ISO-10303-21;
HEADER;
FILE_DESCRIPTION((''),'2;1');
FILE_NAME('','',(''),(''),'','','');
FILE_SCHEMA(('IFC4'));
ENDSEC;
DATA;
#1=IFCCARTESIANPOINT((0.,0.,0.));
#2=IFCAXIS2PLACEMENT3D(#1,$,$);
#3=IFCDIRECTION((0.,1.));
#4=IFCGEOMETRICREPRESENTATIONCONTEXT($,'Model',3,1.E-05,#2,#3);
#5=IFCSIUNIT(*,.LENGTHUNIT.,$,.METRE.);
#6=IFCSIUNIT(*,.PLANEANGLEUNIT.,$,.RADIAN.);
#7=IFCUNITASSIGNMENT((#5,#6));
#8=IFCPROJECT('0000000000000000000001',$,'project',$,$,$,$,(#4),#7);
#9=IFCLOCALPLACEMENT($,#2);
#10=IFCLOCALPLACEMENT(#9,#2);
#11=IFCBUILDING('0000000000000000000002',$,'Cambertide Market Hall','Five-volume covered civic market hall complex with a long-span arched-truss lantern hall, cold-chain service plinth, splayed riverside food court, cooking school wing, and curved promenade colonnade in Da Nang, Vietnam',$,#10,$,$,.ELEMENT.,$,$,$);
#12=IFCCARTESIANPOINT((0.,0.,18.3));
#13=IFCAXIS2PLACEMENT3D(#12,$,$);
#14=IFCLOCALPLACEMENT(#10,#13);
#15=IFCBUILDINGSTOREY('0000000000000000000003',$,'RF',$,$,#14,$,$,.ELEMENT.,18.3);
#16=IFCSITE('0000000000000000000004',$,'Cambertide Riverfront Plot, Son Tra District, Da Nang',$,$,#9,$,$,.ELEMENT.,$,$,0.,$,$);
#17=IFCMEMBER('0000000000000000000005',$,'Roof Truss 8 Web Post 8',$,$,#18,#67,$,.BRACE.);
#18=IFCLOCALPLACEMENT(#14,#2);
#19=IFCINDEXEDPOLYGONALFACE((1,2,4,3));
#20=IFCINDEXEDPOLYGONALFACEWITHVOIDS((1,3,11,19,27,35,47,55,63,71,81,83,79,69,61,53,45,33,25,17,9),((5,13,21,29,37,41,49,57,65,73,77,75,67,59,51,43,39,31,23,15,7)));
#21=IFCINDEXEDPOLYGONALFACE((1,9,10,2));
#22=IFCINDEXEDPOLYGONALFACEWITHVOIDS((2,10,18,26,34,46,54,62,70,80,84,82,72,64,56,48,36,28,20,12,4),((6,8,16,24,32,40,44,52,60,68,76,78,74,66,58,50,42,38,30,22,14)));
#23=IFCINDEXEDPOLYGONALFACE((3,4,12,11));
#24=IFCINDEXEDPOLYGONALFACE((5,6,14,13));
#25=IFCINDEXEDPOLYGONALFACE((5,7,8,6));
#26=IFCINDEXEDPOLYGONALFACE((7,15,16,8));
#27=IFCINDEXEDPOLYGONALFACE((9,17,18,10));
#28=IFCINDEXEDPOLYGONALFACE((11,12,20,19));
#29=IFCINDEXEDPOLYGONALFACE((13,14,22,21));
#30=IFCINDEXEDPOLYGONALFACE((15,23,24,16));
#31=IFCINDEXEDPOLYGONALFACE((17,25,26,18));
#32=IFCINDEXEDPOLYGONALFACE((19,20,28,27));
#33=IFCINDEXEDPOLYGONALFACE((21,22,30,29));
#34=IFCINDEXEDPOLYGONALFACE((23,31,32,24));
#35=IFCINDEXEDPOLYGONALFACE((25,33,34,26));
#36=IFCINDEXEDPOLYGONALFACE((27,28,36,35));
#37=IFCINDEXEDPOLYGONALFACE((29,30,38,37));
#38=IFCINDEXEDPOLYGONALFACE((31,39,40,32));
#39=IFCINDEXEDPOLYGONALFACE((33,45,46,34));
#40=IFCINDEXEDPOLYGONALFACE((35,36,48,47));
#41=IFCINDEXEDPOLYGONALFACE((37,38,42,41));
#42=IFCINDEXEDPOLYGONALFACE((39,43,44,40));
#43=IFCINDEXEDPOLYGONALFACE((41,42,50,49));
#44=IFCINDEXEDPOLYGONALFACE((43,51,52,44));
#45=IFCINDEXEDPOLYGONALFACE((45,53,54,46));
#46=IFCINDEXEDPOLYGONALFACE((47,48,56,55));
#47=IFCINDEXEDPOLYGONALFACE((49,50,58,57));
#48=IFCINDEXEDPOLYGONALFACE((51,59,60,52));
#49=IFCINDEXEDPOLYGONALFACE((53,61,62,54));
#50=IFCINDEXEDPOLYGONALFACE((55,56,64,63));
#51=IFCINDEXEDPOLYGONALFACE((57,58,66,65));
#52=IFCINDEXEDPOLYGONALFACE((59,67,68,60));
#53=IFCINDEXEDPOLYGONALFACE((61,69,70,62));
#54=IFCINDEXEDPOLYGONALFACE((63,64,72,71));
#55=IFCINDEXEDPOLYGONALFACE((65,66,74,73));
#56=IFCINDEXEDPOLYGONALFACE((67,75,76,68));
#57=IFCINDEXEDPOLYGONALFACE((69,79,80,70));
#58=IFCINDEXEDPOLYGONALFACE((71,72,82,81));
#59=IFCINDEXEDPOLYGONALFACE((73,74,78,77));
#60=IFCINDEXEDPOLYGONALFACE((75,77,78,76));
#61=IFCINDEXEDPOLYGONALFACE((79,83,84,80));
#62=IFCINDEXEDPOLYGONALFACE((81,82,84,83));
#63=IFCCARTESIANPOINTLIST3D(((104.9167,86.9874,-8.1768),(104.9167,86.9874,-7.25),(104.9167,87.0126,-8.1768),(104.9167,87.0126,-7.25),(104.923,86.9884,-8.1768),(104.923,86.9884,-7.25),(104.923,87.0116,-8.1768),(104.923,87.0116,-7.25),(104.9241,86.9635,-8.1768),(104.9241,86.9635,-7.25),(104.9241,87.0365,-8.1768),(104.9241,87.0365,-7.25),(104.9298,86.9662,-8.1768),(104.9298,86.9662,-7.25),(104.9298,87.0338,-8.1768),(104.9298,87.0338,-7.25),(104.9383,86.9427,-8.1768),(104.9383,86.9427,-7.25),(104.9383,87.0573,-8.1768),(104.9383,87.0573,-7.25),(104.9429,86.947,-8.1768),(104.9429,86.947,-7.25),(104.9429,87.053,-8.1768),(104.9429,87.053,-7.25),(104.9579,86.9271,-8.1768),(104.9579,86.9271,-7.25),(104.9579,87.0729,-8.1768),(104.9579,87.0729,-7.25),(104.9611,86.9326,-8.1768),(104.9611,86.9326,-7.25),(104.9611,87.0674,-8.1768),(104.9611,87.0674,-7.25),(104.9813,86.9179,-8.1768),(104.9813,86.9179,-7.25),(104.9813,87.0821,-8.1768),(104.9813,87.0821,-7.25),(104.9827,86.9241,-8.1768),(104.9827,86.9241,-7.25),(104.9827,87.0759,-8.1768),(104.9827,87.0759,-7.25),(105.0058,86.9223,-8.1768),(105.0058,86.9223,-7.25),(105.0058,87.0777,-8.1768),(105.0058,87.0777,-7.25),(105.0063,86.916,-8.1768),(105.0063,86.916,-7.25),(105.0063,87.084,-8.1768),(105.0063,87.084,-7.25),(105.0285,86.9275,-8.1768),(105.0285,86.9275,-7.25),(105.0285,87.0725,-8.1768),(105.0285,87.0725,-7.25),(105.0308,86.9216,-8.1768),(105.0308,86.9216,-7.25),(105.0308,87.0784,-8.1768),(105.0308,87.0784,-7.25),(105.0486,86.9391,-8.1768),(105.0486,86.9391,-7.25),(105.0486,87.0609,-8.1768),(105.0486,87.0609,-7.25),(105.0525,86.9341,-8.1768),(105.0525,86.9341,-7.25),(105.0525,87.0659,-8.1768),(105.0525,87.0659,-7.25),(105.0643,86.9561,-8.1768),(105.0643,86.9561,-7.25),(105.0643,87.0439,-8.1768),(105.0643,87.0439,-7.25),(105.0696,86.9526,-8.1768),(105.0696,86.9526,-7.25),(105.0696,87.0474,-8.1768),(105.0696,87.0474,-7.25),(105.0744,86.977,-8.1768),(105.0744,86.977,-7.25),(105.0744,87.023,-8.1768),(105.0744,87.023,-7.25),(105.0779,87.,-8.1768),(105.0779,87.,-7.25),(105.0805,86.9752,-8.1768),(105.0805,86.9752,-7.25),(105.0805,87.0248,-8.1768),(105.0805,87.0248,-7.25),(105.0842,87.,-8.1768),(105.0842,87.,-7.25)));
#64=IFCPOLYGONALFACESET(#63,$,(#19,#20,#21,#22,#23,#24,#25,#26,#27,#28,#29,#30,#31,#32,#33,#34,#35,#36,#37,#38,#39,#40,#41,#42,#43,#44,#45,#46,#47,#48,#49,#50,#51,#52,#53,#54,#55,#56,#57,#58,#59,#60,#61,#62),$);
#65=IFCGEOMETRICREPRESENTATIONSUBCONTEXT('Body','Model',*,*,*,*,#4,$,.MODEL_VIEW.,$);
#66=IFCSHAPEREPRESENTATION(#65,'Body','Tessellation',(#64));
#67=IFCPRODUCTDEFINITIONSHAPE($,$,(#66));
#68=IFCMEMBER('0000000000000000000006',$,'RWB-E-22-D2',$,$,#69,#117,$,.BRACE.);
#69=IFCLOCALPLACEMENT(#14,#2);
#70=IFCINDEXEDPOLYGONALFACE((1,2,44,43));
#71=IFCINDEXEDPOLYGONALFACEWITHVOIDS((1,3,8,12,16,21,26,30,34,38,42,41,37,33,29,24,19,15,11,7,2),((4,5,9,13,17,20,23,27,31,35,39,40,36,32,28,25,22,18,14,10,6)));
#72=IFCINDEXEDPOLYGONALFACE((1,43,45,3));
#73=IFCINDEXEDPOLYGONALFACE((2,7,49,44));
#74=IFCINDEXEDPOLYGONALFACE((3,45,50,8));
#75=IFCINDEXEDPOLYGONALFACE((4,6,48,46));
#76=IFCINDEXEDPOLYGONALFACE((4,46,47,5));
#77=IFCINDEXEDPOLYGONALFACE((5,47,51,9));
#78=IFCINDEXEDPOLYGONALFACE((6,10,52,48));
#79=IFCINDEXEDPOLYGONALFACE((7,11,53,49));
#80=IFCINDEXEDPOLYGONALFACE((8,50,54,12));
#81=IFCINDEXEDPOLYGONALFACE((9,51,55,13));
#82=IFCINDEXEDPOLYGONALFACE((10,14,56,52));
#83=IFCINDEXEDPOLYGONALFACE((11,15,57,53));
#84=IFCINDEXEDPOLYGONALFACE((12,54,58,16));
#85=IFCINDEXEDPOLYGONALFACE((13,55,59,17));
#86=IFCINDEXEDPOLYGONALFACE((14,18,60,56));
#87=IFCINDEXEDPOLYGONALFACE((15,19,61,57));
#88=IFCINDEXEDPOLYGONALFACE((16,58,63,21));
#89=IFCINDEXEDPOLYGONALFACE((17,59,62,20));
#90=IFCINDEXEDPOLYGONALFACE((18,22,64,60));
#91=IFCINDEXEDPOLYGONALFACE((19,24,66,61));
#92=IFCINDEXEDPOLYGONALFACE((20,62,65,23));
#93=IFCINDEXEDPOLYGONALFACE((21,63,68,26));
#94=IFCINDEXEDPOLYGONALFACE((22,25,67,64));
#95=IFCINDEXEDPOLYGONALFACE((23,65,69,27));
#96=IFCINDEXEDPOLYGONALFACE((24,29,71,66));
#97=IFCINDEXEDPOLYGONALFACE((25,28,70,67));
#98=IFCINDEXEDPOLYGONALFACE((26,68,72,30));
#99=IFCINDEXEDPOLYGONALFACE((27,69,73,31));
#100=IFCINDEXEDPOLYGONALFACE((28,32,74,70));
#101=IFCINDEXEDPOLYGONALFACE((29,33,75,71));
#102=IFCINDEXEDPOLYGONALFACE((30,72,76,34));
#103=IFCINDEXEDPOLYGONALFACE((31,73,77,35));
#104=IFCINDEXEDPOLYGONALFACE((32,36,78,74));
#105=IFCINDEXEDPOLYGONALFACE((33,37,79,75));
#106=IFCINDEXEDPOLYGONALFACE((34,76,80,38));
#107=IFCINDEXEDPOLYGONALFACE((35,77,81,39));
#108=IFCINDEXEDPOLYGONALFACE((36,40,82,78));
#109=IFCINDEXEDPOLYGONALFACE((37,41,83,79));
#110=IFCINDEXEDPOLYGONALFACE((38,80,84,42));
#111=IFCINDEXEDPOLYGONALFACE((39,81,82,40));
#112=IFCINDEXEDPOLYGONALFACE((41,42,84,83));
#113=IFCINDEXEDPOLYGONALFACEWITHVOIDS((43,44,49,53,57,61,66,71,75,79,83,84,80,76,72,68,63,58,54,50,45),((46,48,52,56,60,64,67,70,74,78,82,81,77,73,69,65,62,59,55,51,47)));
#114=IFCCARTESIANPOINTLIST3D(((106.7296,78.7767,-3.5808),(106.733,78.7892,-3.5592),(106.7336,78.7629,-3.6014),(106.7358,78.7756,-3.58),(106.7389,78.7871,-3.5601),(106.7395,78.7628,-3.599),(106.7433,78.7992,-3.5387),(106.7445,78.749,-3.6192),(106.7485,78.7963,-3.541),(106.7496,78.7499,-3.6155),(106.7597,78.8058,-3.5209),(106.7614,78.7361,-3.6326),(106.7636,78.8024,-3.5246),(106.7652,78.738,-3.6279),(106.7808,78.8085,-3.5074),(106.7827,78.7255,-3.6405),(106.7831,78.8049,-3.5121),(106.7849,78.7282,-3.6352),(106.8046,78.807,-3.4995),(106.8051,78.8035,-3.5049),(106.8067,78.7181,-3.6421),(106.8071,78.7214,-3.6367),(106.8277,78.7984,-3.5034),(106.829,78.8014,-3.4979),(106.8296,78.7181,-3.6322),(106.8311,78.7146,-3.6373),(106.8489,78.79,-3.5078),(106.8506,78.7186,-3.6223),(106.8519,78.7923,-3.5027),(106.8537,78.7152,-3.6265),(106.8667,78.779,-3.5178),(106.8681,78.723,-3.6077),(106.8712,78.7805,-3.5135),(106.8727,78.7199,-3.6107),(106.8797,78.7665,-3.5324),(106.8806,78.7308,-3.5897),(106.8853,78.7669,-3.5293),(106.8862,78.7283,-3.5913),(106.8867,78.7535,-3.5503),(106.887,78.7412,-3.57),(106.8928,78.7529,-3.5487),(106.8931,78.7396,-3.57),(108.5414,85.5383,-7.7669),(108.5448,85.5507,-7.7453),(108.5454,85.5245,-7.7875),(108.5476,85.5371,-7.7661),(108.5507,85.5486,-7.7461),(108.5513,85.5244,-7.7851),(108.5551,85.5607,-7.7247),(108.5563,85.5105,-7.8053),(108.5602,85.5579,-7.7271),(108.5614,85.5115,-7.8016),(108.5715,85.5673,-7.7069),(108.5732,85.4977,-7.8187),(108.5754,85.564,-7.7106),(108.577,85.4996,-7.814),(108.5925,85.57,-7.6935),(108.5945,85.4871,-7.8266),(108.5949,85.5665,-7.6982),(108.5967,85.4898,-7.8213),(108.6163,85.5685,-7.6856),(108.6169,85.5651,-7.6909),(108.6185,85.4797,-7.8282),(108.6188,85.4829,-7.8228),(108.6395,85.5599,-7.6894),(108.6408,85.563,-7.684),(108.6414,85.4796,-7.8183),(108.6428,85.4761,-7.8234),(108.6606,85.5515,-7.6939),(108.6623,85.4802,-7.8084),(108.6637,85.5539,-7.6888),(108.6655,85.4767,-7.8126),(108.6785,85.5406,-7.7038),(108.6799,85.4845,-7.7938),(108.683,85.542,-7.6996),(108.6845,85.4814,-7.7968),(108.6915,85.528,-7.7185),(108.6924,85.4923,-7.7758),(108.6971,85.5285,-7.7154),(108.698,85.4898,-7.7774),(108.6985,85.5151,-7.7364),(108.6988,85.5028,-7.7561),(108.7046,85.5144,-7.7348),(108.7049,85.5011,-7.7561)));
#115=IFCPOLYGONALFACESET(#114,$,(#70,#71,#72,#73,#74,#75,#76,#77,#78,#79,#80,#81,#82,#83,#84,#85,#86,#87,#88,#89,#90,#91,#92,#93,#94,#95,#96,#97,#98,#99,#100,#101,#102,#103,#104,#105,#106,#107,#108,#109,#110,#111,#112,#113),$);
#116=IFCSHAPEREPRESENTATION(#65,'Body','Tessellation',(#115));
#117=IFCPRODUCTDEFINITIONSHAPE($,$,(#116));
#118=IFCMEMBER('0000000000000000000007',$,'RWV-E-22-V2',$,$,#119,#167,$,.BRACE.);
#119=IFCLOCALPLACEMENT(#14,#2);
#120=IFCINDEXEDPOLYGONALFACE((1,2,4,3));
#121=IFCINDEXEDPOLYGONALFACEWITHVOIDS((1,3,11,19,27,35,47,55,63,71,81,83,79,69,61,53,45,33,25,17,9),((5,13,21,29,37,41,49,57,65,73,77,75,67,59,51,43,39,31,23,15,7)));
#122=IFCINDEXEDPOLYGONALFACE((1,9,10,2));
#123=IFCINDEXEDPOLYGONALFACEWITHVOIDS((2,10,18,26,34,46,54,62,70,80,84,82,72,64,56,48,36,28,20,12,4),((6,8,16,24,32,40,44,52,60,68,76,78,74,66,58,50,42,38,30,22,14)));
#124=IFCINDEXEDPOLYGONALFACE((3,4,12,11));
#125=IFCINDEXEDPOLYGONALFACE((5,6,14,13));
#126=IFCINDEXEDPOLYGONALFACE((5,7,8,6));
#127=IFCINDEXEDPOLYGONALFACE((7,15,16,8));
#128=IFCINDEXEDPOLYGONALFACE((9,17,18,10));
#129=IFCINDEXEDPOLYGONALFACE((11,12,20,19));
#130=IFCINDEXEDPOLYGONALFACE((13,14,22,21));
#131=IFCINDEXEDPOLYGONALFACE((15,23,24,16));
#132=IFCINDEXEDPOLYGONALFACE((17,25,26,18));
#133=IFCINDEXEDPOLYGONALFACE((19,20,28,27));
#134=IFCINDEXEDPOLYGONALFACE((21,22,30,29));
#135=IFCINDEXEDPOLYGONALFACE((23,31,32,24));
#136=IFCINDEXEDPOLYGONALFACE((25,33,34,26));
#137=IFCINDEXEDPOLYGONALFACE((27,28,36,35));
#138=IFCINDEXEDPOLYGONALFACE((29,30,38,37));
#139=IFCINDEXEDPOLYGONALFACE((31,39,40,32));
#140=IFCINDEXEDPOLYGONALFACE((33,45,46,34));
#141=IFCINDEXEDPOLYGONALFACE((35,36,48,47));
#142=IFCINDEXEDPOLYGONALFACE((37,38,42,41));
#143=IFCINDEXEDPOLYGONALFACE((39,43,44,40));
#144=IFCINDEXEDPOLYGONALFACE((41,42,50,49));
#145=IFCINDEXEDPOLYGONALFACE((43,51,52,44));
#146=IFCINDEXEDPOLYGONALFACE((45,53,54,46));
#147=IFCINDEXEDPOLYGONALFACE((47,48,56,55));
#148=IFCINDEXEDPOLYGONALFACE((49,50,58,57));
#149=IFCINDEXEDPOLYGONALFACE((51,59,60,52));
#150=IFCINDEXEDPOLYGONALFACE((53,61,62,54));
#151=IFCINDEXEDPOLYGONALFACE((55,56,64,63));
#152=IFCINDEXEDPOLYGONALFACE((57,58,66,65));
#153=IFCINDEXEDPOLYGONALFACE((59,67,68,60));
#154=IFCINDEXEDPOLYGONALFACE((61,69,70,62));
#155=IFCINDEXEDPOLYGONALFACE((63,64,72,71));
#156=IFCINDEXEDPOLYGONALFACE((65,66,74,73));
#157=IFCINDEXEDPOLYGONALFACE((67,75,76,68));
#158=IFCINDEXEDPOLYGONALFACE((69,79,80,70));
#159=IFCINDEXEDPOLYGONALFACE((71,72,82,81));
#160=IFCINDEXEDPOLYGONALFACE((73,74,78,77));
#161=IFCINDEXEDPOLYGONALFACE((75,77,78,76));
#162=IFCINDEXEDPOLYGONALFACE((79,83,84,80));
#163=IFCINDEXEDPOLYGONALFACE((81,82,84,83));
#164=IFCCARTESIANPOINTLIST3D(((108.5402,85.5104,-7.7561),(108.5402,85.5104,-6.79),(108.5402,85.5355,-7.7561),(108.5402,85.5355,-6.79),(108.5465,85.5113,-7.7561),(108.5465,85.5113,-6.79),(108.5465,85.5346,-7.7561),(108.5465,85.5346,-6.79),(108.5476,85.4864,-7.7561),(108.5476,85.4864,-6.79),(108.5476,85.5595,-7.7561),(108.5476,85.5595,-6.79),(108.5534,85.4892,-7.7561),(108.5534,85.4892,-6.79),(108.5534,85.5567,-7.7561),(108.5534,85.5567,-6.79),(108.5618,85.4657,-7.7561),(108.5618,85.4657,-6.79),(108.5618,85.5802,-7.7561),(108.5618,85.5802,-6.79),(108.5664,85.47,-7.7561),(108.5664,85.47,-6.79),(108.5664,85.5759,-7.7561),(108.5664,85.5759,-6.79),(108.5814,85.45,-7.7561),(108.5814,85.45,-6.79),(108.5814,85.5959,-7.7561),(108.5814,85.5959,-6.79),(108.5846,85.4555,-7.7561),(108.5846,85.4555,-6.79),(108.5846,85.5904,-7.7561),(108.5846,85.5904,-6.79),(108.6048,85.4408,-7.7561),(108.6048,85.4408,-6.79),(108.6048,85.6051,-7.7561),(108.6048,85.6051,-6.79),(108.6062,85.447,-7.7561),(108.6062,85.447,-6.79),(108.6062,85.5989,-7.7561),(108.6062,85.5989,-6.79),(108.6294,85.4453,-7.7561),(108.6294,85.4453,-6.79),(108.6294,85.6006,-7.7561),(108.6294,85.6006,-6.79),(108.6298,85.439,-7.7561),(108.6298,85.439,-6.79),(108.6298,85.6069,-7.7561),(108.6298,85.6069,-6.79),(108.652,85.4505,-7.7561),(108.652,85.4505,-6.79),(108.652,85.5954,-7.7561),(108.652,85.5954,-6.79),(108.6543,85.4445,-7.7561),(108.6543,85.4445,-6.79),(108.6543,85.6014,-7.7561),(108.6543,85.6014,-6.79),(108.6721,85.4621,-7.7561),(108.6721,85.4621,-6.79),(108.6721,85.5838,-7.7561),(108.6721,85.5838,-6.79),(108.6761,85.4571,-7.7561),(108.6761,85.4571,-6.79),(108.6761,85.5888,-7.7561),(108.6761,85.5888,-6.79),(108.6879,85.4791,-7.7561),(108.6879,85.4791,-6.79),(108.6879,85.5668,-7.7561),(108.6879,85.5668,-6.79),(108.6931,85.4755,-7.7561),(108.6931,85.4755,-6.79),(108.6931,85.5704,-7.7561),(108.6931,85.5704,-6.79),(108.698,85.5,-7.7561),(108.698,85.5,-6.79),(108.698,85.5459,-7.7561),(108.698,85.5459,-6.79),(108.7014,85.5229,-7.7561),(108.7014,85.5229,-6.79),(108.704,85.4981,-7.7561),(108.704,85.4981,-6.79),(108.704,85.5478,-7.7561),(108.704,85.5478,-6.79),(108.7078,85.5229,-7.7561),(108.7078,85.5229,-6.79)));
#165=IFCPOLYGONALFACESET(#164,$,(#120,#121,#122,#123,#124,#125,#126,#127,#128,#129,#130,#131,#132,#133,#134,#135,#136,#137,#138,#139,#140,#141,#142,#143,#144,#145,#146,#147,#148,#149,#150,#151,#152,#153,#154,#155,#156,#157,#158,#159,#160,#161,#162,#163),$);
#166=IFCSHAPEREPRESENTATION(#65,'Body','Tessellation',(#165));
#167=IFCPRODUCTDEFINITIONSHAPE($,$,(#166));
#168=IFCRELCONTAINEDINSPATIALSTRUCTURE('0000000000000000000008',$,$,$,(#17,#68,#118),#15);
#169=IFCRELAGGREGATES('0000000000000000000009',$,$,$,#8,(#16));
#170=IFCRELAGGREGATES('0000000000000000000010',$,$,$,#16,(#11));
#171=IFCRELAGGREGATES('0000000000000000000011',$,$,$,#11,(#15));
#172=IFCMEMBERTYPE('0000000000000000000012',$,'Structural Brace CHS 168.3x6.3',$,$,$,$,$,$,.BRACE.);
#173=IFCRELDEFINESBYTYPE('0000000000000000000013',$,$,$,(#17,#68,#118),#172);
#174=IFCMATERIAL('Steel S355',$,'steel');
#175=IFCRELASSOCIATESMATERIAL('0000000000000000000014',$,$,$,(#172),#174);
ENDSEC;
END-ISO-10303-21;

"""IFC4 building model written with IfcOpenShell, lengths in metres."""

from ifc_helpers import new_model, si_unit, direction, frame, origin, origin_2d, place, context, subcontext, project, spatial, hollow_circle, extrude, material, material_profile, profile_set, type_object, element, save


model = new_model("IFC4")

# Units and contexts
model_context = context("Model", 3, precision=1e-05, world=origin(), true_north=direction((0.0, 1.0)))
body_context = subcontext(model_context, "Body", "Model", "MODEL_VIEW")
ifc_project = project(units=[si_unit("LENGTHUNIT", "METRE"), si_unit("PLANEANGLEUNIT", "RADIAN")], contexts=[model_context])

# Site, building, storey
site_placement = place(None, origin())
site = spatial("IfcSite", under=ifc_project, at=site_placement, Name="Cambertide Riverfront Plot, Son Tra District, Da Nang", CompositionType="ELEMENT", RefElevation=0.0)
building_placement = place(site_placement, origin())
building = spatial("IfcBuilding", under=site, at=building_placement, Name="Cambertide Market Hall", Description="Five-volume covered civic market hall complex with a long-span arched-truss lantern hall, cold-chain service plinth, splayed riverside food court, cooking school wing, and curved promenade colonnade in Da Nang, Vietnam", CompositionType="ELEMENT")
storey_placement = place(building_placement, frame((0.0, 0.0, 18.3)))
storey = spatial("IfcBuildingStorey", under=building, at=storey_placement, Name="RF", CompositionType="ELEMENT", Elevation=18.3)

# Members
ifc_material_1 = material(Name="Steel S355", Category="steel")
ifc_material_profile_1 = material_profile(ifc_material_1, hollow_circle(Radius=0.0842, WallThickness=0.0063, at=origin_2d()), Name="CHS 168.3x6.3")
ifc_profile_set_1 = profile_set([ifc_material_profile_1], Name="Steel S355")
member_type_1 = type_object("IfcMemberType", Name="Structural Brace CHS 168.3x6.3", PredefinedType="BRACE", material=ifc_profile_set_1)
for number, where, z_axis, x_axis, name in (
    (1, (105.0, 87.0, -8.1768), (0.0, 0.0, 1.0), (1.0, 0.0, 0.0), "Roof Truss 8 Web Post 8"),
):
    element("IfcMember", number, at=place(storey_placement, frame(where, z_axis=z_axis, x_axis=x_axis)), inside=storey, type_object=member_type_1, Name=name, PredefinedType="BRACE", context=body_context, shape_type="SweptSolid", body=[
        extrude(hollow_circle(Radius=0.0842, WallThickness=0.0063, at=origin_2d()), origin(), (0.0, 0.0, 1.0), 0.9268),
    ])
member_1_placement = place(storey_placement, frame((108.6235, 85.5229, -7.7561), z_axis=(-0.222135, -0.829002, 0.513236), x_axis=(0.965925, -0.258824, 0.0)))
element("IfcMember", 2, at=member_1_placement, inside=storey, type_object=member_type_1, Name="RWB-E-22-D2", PredefinedType="BRACE", context=body_context, shape_type="SweptSolid", body=[
    extrude(hollow_circle(Radius=0.0842, WallThickness=0.0063, at=origin_2d()), origin(), (0.0, 0.0, 1.0), 8.1562),
])
member_2_placement = place(storey_placement, frame((108.6235, 85.5229, -7.7561), z_axis=(0.0, 0.0, 1.0), x_axis=(1.0, 0.0, 0.0)))
element("IfcMember", 3, at=member_2_placement, inside=storey, type_object=member_type_1, Name="RWV-E-22-V2", PredefinedType="BRACE", context=body_context, shape_type="SweptSolid", body=[
    extrude(hollow_circle(Radius=0.0842, WallThickness=0.0063, at=origin_2d()), origin(), (0.0, 0.0, 1.0), 0.9661),
])

save(model, "model.ifc")
